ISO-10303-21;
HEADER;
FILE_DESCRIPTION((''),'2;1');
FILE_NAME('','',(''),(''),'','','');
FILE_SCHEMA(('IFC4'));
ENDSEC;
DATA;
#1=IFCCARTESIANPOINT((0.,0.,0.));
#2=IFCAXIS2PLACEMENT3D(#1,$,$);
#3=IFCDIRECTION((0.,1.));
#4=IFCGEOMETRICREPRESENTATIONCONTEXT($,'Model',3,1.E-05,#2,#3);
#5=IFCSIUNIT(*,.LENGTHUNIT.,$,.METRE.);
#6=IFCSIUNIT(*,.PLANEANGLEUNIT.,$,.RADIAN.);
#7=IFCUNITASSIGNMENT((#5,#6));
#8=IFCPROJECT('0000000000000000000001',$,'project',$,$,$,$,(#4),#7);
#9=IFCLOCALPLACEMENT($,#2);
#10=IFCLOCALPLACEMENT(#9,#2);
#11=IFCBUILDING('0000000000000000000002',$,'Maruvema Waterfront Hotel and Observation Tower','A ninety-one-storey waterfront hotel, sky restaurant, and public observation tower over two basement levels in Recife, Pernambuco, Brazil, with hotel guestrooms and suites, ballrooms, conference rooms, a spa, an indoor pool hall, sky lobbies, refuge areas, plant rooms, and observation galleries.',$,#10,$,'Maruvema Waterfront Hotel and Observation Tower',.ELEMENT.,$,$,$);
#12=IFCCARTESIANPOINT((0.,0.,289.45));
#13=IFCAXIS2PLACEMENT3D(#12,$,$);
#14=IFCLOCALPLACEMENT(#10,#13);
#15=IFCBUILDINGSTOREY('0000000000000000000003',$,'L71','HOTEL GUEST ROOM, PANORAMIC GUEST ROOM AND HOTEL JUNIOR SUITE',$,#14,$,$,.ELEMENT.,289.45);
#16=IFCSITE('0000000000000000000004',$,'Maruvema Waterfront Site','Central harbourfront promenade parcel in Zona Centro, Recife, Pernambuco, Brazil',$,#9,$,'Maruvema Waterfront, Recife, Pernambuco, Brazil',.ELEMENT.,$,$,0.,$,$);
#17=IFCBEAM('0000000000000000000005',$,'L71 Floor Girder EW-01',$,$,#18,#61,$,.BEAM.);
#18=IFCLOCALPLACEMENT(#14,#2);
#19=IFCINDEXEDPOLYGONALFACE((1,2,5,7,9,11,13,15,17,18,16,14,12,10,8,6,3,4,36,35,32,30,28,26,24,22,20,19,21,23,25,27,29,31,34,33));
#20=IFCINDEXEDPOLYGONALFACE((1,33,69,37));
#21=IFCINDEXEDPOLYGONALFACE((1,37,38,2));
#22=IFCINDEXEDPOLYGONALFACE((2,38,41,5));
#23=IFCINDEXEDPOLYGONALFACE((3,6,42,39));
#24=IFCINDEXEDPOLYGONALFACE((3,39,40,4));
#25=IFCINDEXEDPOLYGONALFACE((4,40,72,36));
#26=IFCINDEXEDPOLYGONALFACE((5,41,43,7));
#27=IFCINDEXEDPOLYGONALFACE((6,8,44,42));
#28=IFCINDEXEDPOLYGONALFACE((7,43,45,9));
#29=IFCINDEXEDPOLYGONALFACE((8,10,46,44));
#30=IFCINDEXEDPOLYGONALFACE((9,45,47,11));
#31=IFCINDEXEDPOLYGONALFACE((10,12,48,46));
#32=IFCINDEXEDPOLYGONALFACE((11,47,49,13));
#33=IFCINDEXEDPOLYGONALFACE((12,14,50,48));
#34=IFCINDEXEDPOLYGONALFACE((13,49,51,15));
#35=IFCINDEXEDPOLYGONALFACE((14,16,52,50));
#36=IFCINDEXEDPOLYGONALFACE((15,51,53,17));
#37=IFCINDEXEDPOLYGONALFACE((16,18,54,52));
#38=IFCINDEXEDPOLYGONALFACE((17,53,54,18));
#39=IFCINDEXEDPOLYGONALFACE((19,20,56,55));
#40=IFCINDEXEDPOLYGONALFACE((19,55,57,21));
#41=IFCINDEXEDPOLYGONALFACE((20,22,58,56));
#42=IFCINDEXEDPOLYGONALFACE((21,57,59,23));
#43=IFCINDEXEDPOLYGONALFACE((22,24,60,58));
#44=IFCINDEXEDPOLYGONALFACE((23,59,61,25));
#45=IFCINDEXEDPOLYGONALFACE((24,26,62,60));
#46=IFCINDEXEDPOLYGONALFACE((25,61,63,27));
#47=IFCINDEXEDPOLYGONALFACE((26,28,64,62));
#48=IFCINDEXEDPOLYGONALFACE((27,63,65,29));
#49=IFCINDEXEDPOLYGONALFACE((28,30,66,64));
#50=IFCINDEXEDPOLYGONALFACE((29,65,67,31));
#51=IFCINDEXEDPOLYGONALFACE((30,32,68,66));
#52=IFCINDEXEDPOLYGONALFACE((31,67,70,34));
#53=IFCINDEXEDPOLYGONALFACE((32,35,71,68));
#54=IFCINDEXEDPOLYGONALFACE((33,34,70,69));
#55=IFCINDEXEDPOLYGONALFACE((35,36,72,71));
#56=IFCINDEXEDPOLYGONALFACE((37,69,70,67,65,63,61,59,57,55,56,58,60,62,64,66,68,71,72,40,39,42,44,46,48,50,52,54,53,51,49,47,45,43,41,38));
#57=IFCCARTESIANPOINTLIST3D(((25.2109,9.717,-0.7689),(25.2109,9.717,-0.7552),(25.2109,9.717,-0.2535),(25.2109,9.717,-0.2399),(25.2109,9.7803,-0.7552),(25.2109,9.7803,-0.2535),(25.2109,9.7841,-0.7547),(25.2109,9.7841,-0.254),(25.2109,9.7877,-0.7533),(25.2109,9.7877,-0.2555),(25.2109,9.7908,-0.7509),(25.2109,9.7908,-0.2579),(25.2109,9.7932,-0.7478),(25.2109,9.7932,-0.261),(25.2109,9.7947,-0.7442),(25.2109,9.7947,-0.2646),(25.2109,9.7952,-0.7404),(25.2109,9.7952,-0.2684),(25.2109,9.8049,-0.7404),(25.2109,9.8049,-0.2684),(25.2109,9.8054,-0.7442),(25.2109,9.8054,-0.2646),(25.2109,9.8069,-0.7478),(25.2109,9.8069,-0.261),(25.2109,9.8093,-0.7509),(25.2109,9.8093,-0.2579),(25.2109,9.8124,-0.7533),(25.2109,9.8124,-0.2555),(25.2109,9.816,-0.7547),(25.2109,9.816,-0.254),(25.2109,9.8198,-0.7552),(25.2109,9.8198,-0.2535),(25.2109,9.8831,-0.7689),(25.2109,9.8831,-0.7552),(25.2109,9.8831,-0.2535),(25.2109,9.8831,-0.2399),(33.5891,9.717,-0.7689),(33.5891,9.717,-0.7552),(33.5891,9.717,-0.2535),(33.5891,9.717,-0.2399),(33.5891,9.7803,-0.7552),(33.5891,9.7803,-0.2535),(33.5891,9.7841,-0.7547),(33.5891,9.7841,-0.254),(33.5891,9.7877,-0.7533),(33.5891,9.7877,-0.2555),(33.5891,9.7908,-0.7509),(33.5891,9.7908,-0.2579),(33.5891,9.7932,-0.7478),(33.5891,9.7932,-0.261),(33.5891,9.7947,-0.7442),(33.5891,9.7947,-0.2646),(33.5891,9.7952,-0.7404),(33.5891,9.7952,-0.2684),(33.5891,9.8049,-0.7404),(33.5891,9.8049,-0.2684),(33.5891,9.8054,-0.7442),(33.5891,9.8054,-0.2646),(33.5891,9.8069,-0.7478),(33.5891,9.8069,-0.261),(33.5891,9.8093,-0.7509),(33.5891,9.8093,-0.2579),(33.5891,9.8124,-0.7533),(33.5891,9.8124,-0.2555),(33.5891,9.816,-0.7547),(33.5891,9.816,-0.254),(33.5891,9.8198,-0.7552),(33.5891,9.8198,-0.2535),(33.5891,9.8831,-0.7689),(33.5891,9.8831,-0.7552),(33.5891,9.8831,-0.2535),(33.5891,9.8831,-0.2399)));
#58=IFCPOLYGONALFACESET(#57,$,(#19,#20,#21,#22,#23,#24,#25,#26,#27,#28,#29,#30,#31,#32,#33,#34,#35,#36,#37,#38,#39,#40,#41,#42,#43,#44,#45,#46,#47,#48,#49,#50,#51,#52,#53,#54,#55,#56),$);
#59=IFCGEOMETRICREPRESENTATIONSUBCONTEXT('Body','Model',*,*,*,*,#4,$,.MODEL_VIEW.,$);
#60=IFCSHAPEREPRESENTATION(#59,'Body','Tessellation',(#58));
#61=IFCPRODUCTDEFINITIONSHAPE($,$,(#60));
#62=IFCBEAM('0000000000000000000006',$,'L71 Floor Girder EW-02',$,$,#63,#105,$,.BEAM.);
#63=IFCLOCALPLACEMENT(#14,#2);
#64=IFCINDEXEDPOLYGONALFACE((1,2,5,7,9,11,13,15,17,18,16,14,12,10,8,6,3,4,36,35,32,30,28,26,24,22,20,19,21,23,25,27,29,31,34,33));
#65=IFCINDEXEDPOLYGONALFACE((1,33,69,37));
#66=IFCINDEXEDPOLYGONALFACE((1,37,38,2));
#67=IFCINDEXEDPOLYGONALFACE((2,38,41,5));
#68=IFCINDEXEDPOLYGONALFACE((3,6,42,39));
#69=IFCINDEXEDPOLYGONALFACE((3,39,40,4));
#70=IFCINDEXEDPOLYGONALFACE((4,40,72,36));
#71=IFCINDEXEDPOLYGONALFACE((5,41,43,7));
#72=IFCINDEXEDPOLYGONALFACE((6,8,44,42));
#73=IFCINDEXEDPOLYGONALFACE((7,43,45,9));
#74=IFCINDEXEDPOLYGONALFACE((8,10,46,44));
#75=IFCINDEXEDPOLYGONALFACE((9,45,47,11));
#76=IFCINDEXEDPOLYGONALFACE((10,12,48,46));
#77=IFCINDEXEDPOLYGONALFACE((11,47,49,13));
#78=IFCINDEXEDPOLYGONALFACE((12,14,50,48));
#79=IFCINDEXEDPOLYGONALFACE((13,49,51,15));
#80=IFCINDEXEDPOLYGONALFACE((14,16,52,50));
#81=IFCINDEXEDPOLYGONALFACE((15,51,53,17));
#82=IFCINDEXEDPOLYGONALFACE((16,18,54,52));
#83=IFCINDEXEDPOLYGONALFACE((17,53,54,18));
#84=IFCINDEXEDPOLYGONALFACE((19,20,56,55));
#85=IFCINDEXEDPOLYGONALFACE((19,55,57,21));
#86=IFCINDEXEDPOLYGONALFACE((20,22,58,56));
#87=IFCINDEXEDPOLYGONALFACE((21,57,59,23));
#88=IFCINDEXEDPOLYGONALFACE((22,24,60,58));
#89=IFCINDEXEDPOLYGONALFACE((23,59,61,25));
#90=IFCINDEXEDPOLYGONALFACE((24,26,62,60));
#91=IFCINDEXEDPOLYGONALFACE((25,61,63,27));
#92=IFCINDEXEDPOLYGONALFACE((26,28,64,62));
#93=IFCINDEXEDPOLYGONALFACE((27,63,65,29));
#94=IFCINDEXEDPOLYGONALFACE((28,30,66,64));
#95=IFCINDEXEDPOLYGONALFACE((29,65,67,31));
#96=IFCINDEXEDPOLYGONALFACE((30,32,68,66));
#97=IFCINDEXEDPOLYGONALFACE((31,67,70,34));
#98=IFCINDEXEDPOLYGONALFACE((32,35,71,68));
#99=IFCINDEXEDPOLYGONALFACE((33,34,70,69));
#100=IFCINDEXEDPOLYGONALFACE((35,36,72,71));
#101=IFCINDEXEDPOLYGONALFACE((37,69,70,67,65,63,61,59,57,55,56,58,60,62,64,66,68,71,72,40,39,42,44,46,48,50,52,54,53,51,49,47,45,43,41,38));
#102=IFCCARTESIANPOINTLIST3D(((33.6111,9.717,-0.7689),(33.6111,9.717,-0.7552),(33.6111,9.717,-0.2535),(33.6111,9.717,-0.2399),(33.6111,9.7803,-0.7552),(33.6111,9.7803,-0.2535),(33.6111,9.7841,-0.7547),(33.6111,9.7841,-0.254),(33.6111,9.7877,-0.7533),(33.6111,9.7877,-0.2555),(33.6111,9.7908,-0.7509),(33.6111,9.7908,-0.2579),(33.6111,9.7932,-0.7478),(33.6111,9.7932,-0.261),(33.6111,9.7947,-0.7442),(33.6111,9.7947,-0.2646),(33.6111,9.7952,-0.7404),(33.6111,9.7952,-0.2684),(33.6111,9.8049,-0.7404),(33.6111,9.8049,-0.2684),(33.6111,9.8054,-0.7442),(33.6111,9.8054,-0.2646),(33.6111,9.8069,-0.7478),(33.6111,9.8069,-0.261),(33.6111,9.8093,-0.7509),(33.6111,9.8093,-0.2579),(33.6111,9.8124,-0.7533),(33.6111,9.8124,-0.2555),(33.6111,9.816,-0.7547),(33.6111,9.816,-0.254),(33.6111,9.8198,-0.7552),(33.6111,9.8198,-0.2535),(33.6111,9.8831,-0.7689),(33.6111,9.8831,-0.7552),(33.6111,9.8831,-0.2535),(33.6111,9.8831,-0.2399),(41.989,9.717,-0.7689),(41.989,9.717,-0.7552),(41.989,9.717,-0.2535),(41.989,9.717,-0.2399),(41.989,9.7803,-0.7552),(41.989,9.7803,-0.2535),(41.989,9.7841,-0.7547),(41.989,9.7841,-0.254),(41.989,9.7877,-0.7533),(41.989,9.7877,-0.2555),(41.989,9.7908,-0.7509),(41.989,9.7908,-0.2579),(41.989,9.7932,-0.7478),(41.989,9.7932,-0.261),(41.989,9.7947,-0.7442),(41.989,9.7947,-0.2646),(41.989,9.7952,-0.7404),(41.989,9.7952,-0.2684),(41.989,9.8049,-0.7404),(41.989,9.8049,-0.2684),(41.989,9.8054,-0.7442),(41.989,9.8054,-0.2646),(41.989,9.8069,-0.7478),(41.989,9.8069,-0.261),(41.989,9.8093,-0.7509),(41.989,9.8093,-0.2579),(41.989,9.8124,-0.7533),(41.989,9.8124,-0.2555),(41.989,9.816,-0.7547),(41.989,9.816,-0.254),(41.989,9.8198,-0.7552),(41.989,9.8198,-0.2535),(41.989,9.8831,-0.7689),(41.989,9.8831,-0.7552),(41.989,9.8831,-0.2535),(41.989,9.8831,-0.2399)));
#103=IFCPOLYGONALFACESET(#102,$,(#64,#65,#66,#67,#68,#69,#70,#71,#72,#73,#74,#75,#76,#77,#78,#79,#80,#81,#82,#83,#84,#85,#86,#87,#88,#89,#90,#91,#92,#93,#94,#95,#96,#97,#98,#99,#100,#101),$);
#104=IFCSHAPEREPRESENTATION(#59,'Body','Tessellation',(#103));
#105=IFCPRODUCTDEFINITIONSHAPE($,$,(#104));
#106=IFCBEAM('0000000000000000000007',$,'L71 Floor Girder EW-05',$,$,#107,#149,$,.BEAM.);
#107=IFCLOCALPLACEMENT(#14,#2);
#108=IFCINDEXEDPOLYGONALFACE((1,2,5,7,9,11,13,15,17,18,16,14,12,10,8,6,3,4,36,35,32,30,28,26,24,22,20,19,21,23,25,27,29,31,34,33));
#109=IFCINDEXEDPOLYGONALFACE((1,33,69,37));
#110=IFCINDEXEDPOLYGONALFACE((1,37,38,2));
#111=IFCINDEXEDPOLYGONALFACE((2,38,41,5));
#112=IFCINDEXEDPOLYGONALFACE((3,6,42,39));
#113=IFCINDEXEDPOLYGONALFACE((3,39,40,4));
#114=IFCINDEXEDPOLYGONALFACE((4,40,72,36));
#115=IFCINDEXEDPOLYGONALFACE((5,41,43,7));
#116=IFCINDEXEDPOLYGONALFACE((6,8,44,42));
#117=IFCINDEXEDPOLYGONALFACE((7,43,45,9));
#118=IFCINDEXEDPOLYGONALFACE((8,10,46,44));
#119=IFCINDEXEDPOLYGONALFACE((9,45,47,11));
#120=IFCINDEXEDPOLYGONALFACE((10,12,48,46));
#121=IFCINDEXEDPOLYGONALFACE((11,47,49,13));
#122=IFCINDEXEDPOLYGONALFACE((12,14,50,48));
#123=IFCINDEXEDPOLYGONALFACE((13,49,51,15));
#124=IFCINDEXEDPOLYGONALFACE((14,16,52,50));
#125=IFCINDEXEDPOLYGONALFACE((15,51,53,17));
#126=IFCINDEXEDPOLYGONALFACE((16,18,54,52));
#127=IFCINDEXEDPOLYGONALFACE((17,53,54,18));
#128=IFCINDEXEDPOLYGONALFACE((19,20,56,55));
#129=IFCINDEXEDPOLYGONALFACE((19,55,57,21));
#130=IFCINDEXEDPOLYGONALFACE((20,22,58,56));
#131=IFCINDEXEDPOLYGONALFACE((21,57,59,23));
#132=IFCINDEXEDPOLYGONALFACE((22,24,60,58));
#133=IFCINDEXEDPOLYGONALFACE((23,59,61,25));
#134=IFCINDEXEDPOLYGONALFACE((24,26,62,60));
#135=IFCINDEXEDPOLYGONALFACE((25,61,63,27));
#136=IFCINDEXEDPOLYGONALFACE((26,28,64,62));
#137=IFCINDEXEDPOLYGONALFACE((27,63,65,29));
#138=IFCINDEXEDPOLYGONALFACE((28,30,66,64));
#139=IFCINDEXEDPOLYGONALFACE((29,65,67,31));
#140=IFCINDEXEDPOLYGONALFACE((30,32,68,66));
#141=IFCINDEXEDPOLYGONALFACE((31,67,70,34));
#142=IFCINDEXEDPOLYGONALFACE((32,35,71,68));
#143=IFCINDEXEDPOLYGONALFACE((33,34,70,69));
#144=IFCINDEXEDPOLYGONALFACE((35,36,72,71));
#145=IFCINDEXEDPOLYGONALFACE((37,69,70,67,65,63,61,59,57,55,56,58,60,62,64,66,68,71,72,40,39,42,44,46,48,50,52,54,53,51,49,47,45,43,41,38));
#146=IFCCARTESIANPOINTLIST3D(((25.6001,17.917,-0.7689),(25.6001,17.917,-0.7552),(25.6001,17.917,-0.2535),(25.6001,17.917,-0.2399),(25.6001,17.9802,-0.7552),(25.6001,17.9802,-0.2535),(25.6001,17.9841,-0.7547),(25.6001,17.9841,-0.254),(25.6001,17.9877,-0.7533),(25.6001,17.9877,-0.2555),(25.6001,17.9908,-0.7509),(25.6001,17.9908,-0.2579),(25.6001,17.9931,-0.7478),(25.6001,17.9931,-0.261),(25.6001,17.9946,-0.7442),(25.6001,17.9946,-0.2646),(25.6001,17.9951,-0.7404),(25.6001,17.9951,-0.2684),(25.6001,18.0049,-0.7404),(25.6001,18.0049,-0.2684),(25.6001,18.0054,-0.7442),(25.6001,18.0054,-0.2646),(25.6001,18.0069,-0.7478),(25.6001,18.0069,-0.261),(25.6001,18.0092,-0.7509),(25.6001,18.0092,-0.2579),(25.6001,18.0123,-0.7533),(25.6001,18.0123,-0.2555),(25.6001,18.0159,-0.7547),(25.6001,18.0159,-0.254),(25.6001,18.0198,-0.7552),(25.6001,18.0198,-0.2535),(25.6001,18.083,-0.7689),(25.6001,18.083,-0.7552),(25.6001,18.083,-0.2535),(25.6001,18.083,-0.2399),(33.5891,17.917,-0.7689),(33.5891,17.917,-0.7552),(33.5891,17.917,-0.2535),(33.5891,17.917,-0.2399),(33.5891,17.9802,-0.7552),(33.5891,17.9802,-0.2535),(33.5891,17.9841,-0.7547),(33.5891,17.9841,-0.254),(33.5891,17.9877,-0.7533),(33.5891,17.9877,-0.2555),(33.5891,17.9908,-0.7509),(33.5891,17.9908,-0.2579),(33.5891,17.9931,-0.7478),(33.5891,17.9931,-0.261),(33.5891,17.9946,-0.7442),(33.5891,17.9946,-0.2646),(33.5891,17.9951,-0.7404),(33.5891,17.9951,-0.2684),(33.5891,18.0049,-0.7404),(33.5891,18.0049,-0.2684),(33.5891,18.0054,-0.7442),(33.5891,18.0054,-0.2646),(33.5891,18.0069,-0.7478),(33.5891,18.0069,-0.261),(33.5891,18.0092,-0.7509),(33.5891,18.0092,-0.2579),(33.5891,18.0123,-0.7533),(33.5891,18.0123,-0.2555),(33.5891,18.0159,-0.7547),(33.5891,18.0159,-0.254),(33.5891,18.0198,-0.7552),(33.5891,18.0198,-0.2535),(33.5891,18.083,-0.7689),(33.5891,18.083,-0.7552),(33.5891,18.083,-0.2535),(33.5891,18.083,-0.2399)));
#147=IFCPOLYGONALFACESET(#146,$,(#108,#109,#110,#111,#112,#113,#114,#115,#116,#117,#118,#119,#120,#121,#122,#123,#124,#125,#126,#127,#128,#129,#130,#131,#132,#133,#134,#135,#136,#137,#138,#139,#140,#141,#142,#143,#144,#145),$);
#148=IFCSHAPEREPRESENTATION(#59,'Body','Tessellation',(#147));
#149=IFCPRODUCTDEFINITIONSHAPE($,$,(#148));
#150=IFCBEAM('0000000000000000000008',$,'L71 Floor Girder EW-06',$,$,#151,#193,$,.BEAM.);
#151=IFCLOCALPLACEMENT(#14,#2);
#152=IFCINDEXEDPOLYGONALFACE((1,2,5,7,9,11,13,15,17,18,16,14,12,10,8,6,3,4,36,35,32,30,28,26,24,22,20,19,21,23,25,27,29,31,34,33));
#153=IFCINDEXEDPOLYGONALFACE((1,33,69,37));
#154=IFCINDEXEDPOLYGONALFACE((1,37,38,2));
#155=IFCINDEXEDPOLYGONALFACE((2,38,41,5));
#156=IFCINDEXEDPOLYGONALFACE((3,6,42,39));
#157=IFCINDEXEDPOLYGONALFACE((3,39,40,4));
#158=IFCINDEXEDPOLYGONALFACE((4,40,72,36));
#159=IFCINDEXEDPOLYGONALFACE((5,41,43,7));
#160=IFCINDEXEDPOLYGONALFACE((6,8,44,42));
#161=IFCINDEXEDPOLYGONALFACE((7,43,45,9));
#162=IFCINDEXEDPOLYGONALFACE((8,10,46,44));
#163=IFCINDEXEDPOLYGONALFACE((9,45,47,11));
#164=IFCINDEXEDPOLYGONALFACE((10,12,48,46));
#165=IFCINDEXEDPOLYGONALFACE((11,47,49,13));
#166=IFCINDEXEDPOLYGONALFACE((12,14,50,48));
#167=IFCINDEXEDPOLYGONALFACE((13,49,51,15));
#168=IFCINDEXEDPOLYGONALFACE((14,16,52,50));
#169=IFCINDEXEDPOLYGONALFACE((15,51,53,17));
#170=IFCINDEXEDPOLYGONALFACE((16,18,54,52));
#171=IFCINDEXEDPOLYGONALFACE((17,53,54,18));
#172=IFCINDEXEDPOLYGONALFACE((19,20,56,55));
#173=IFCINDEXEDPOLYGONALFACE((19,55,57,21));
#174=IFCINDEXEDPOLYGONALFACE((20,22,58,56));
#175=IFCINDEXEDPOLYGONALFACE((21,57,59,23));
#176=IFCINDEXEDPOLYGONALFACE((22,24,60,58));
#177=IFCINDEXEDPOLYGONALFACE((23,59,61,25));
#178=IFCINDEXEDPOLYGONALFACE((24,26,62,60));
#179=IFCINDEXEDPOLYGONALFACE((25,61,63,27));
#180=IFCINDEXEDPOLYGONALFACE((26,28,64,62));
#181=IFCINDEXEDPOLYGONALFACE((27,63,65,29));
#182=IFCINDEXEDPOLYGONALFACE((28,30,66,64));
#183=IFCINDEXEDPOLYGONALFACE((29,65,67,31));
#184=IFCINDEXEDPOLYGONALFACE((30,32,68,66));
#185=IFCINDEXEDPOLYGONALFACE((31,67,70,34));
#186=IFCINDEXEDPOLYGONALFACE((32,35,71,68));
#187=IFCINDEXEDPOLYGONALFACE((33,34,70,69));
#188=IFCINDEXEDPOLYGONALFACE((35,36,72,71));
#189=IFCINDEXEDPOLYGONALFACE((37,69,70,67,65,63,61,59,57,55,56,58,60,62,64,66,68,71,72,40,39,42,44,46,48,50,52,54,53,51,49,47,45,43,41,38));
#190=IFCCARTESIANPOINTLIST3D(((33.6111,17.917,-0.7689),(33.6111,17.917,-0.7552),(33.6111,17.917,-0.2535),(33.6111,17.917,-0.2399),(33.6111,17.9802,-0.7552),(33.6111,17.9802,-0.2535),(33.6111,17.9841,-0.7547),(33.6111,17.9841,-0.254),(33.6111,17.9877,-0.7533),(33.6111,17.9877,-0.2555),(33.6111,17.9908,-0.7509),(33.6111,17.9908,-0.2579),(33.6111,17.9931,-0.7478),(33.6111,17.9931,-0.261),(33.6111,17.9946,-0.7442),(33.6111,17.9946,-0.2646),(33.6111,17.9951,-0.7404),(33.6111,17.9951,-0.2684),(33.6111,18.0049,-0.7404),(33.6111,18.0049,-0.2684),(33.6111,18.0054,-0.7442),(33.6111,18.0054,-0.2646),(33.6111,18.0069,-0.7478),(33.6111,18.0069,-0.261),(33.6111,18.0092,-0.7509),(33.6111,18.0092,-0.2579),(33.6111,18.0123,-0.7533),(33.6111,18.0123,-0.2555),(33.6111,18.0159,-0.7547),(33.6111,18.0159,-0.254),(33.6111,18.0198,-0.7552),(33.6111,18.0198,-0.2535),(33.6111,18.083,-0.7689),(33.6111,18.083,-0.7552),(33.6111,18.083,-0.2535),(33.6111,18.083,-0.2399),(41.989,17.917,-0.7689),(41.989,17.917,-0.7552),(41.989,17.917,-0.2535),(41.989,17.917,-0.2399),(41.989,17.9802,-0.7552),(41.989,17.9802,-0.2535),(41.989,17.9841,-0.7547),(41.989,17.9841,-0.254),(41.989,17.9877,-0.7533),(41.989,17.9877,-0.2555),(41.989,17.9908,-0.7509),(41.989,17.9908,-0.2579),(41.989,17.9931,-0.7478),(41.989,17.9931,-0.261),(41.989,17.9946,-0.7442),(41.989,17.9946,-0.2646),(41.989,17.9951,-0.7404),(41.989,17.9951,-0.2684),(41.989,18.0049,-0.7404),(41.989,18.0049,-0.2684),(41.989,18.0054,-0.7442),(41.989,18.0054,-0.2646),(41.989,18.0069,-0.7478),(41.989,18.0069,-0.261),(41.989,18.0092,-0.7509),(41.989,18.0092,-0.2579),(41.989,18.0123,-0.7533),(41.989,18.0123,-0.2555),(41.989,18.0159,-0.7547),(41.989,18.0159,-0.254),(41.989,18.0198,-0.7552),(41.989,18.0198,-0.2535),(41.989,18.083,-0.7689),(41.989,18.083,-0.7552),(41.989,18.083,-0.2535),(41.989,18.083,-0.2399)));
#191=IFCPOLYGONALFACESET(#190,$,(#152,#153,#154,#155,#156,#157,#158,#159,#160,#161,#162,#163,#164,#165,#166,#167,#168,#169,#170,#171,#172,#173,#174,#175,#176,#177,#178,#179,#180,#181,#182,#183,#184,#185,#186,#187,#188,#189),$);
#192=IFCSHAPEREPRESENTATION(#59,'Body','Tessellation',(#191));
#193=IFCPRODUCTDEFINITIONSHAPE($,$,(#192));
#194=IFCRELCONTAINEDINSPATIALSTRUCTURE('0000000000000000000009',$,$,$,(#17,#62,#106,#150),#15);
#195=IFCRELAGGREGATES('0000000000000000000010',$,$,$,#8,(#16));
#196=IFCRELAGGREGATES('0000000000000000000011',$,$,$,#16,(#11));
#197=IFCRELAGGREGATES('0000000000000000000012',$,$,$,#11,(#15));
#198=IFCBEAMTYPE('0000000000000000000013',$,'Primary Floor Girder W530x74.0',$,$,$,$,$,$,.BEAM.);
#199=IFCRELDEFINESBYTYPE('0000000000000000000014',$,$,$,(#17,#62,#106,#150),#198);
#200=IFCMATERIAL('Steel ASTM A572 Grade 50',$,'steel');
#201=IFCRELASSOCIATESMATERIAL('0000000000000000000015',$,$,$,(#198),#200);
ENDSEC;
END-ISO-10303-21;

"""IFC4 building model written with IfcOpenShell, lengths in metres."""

from ifc_helpers import new_model, si_unit, direction, frame, origin, origin_2d, place, context, subcontext, project, spatial, i_section, extrude, material, material_profile, profile_set, type_object, element, save


model = new_model("IFC4")

# Units and contexts
model_context = context("Model", 3, precision=1e-05, world=origin(), true_north=direction((0.0, 1.0)))
body_context = subcontext(model_context, "Body", "Model", "MODEL_VIEW")
ifc_project = project(units=[si_unit("LENGTHUNIT", "METRE"), si_unit("PLANEANGLEUNIT", "RADIAN")], contexts=[model_context])

# Site, building, storey
site_placement = place(None, origin())
site = spatial("IfcSite", under=ifc_project, at=site_placement, Name="Maruvema Waterfront Site", Description="Central harbourfront promenade parcel in Zona Centro, Recife, Pernambuco, Brazil", LongName="Maruvema Waterfront, Recife, Pernambuco, Brazil", CompositionType="ELEMENT", RefElevation=0.0)
building_placement = place(site_placement, origin())
building = spatial("IfcBuilding", under=site, at=building_placement, Name="Maruvema Waterfront Hotel and Observation Tower", Description="A ninety-one-storey waterfront hotel, sky restaurant, and public observation tower over two basement levels in Recife, Pernambuco, Brazil, with hotel guestrooms and suites, ballrooms, conference rooms, a spa, an indoor pool hall, sky lobbies, refuge areas, plant rooms, and observation galleries.", LongName="Maruvema Waterfront Hotel and Observation Tower", CompositionType="ELEMENT")
storey_placement = place(building_placement, frame((0.0, 0.0, 289.45)))
storey = spatial("IfcBuildingStorey", under=building, at=storey_placement, Name="L71", Description="HOTEL GUEST ROOM, PANORAMIC GUEST ROOM AND HOTEL JUNIOR SUITE", CompositionType="ELEMENT", Elevation=289.45)

# Beams
ifc_material_1 = material(Name="Steel ASTM A572 Grade 50", Category="steel")
ifc_material_profile_1 = material_profile(ifc_material_1, i_section(OverallWidth=0.166, OverallDepth=0.5291, WebThickness=0.0098, FlangeThickness=0.0137, FilletRadius=0.0149, at=origin_2d()), Name="W530x74.0")
ifc_profile_set_1 = profile_set([ifc_material_profile_1], Name="Steel ASTM A572 Grade 50")
beam_type_1 = type_object("IfcBeamType", Name="Primary Floor Girder W530x74.0", PredefinedType="BEAM", material=ifc_profile_set_1)
beam_1_placement = place(storey_placement, frame((25.2109, 9.8, -0.5044), z_axis=(1.0, 0.0, 0.0), x_axis=(0.0, 1.0, 0.0)))
element("IfcBeam", 1, at=beam_1_placement, inside=storey, type_object=beam_type_1, Name="L71 Floor Girder EW-01", PredefinedType="BEAM", context=body_context, shape_type="SweptSolid", body=[
    extrude(i_section(OverallWidth=0.166, OverallDepth=0.5291, WebThickness=0.0098, FlangeThickness=0.0137, FilletRadius=0.0149, at=origin_2d()), origin(), (0.0, 0.0, 1.0), 8.3782),
])
beam_2_placement = place(storey_placement, frame((33.6111, 9.8, -0.5044), z_axis=(1.0, 0.0, 0.0), x_axis=(0.0, 1.0, 0.0)))
element("IfcBeam", 2, at=beam_2_placement, inside=storey, type_object=beam_type_1, Name="L71 Floor Girder EW-02", PredefinedType="BEAM", context=body_context, shape_type="SweptSolid", body=[
    extrude(i_section(OverallWidth=0.166, OverallDepth=0.5291, WebThickness=0.0098, FlangeThickness=0.0137, FilletRadius=0.0149, at=origin_2d()), origin(), (0.0, 0.0, 1.0), 8.3779),
])
beam_3_placement = place(storey_placement, frame((25.6001, 18.0, -0.5044), z_axis=(1.0, 0.0, 0.0), x_axis=(0.0, 1.0, 0.0)))
element("IfcBeam", 3, at=beam_3_placement, inside=storey, type_object=beam_type_1, Name="L71 Floor Girder EW-05", PredefinedType="BEAM", context=body_context, shape_type="SweptSolid", body=[
    extrude(i_section(OverallWidth=0.166, OverallDepth=0.5291, WebThickness=0.0098, FlangeThickness=0.0137, FilletRadius=0.0149, at=origin_2d()), origin(), (0.0, 0.0, 1.0), 7.989),
])
beam_4_placement = place(storey_placement, frame((33.6111, 18.0, -0.5044), z_axis=(1.0, 0.0, 0.0), x_axis=(0.0, 1.0, 0.0)))
element("IfcBeam", 4, at=beam_4_placement, inside=storey, type_object=beam_type_1, Name="L71 Floor Girder EW-06", PredefinedType="BEAM", context=body_context, shape_type="SweptSolid", body=[
    extrude(i_section(OverallWidth=0.166, OverallDepth=0.5291, WebThickness=0.0098, FlangeThickness=0.0137, FilletRadius=0.0149, at=origin_2d()), origin(), (0.0, 0.0, 1.0), 8.3779),
])

save(model, "model.ifc")
